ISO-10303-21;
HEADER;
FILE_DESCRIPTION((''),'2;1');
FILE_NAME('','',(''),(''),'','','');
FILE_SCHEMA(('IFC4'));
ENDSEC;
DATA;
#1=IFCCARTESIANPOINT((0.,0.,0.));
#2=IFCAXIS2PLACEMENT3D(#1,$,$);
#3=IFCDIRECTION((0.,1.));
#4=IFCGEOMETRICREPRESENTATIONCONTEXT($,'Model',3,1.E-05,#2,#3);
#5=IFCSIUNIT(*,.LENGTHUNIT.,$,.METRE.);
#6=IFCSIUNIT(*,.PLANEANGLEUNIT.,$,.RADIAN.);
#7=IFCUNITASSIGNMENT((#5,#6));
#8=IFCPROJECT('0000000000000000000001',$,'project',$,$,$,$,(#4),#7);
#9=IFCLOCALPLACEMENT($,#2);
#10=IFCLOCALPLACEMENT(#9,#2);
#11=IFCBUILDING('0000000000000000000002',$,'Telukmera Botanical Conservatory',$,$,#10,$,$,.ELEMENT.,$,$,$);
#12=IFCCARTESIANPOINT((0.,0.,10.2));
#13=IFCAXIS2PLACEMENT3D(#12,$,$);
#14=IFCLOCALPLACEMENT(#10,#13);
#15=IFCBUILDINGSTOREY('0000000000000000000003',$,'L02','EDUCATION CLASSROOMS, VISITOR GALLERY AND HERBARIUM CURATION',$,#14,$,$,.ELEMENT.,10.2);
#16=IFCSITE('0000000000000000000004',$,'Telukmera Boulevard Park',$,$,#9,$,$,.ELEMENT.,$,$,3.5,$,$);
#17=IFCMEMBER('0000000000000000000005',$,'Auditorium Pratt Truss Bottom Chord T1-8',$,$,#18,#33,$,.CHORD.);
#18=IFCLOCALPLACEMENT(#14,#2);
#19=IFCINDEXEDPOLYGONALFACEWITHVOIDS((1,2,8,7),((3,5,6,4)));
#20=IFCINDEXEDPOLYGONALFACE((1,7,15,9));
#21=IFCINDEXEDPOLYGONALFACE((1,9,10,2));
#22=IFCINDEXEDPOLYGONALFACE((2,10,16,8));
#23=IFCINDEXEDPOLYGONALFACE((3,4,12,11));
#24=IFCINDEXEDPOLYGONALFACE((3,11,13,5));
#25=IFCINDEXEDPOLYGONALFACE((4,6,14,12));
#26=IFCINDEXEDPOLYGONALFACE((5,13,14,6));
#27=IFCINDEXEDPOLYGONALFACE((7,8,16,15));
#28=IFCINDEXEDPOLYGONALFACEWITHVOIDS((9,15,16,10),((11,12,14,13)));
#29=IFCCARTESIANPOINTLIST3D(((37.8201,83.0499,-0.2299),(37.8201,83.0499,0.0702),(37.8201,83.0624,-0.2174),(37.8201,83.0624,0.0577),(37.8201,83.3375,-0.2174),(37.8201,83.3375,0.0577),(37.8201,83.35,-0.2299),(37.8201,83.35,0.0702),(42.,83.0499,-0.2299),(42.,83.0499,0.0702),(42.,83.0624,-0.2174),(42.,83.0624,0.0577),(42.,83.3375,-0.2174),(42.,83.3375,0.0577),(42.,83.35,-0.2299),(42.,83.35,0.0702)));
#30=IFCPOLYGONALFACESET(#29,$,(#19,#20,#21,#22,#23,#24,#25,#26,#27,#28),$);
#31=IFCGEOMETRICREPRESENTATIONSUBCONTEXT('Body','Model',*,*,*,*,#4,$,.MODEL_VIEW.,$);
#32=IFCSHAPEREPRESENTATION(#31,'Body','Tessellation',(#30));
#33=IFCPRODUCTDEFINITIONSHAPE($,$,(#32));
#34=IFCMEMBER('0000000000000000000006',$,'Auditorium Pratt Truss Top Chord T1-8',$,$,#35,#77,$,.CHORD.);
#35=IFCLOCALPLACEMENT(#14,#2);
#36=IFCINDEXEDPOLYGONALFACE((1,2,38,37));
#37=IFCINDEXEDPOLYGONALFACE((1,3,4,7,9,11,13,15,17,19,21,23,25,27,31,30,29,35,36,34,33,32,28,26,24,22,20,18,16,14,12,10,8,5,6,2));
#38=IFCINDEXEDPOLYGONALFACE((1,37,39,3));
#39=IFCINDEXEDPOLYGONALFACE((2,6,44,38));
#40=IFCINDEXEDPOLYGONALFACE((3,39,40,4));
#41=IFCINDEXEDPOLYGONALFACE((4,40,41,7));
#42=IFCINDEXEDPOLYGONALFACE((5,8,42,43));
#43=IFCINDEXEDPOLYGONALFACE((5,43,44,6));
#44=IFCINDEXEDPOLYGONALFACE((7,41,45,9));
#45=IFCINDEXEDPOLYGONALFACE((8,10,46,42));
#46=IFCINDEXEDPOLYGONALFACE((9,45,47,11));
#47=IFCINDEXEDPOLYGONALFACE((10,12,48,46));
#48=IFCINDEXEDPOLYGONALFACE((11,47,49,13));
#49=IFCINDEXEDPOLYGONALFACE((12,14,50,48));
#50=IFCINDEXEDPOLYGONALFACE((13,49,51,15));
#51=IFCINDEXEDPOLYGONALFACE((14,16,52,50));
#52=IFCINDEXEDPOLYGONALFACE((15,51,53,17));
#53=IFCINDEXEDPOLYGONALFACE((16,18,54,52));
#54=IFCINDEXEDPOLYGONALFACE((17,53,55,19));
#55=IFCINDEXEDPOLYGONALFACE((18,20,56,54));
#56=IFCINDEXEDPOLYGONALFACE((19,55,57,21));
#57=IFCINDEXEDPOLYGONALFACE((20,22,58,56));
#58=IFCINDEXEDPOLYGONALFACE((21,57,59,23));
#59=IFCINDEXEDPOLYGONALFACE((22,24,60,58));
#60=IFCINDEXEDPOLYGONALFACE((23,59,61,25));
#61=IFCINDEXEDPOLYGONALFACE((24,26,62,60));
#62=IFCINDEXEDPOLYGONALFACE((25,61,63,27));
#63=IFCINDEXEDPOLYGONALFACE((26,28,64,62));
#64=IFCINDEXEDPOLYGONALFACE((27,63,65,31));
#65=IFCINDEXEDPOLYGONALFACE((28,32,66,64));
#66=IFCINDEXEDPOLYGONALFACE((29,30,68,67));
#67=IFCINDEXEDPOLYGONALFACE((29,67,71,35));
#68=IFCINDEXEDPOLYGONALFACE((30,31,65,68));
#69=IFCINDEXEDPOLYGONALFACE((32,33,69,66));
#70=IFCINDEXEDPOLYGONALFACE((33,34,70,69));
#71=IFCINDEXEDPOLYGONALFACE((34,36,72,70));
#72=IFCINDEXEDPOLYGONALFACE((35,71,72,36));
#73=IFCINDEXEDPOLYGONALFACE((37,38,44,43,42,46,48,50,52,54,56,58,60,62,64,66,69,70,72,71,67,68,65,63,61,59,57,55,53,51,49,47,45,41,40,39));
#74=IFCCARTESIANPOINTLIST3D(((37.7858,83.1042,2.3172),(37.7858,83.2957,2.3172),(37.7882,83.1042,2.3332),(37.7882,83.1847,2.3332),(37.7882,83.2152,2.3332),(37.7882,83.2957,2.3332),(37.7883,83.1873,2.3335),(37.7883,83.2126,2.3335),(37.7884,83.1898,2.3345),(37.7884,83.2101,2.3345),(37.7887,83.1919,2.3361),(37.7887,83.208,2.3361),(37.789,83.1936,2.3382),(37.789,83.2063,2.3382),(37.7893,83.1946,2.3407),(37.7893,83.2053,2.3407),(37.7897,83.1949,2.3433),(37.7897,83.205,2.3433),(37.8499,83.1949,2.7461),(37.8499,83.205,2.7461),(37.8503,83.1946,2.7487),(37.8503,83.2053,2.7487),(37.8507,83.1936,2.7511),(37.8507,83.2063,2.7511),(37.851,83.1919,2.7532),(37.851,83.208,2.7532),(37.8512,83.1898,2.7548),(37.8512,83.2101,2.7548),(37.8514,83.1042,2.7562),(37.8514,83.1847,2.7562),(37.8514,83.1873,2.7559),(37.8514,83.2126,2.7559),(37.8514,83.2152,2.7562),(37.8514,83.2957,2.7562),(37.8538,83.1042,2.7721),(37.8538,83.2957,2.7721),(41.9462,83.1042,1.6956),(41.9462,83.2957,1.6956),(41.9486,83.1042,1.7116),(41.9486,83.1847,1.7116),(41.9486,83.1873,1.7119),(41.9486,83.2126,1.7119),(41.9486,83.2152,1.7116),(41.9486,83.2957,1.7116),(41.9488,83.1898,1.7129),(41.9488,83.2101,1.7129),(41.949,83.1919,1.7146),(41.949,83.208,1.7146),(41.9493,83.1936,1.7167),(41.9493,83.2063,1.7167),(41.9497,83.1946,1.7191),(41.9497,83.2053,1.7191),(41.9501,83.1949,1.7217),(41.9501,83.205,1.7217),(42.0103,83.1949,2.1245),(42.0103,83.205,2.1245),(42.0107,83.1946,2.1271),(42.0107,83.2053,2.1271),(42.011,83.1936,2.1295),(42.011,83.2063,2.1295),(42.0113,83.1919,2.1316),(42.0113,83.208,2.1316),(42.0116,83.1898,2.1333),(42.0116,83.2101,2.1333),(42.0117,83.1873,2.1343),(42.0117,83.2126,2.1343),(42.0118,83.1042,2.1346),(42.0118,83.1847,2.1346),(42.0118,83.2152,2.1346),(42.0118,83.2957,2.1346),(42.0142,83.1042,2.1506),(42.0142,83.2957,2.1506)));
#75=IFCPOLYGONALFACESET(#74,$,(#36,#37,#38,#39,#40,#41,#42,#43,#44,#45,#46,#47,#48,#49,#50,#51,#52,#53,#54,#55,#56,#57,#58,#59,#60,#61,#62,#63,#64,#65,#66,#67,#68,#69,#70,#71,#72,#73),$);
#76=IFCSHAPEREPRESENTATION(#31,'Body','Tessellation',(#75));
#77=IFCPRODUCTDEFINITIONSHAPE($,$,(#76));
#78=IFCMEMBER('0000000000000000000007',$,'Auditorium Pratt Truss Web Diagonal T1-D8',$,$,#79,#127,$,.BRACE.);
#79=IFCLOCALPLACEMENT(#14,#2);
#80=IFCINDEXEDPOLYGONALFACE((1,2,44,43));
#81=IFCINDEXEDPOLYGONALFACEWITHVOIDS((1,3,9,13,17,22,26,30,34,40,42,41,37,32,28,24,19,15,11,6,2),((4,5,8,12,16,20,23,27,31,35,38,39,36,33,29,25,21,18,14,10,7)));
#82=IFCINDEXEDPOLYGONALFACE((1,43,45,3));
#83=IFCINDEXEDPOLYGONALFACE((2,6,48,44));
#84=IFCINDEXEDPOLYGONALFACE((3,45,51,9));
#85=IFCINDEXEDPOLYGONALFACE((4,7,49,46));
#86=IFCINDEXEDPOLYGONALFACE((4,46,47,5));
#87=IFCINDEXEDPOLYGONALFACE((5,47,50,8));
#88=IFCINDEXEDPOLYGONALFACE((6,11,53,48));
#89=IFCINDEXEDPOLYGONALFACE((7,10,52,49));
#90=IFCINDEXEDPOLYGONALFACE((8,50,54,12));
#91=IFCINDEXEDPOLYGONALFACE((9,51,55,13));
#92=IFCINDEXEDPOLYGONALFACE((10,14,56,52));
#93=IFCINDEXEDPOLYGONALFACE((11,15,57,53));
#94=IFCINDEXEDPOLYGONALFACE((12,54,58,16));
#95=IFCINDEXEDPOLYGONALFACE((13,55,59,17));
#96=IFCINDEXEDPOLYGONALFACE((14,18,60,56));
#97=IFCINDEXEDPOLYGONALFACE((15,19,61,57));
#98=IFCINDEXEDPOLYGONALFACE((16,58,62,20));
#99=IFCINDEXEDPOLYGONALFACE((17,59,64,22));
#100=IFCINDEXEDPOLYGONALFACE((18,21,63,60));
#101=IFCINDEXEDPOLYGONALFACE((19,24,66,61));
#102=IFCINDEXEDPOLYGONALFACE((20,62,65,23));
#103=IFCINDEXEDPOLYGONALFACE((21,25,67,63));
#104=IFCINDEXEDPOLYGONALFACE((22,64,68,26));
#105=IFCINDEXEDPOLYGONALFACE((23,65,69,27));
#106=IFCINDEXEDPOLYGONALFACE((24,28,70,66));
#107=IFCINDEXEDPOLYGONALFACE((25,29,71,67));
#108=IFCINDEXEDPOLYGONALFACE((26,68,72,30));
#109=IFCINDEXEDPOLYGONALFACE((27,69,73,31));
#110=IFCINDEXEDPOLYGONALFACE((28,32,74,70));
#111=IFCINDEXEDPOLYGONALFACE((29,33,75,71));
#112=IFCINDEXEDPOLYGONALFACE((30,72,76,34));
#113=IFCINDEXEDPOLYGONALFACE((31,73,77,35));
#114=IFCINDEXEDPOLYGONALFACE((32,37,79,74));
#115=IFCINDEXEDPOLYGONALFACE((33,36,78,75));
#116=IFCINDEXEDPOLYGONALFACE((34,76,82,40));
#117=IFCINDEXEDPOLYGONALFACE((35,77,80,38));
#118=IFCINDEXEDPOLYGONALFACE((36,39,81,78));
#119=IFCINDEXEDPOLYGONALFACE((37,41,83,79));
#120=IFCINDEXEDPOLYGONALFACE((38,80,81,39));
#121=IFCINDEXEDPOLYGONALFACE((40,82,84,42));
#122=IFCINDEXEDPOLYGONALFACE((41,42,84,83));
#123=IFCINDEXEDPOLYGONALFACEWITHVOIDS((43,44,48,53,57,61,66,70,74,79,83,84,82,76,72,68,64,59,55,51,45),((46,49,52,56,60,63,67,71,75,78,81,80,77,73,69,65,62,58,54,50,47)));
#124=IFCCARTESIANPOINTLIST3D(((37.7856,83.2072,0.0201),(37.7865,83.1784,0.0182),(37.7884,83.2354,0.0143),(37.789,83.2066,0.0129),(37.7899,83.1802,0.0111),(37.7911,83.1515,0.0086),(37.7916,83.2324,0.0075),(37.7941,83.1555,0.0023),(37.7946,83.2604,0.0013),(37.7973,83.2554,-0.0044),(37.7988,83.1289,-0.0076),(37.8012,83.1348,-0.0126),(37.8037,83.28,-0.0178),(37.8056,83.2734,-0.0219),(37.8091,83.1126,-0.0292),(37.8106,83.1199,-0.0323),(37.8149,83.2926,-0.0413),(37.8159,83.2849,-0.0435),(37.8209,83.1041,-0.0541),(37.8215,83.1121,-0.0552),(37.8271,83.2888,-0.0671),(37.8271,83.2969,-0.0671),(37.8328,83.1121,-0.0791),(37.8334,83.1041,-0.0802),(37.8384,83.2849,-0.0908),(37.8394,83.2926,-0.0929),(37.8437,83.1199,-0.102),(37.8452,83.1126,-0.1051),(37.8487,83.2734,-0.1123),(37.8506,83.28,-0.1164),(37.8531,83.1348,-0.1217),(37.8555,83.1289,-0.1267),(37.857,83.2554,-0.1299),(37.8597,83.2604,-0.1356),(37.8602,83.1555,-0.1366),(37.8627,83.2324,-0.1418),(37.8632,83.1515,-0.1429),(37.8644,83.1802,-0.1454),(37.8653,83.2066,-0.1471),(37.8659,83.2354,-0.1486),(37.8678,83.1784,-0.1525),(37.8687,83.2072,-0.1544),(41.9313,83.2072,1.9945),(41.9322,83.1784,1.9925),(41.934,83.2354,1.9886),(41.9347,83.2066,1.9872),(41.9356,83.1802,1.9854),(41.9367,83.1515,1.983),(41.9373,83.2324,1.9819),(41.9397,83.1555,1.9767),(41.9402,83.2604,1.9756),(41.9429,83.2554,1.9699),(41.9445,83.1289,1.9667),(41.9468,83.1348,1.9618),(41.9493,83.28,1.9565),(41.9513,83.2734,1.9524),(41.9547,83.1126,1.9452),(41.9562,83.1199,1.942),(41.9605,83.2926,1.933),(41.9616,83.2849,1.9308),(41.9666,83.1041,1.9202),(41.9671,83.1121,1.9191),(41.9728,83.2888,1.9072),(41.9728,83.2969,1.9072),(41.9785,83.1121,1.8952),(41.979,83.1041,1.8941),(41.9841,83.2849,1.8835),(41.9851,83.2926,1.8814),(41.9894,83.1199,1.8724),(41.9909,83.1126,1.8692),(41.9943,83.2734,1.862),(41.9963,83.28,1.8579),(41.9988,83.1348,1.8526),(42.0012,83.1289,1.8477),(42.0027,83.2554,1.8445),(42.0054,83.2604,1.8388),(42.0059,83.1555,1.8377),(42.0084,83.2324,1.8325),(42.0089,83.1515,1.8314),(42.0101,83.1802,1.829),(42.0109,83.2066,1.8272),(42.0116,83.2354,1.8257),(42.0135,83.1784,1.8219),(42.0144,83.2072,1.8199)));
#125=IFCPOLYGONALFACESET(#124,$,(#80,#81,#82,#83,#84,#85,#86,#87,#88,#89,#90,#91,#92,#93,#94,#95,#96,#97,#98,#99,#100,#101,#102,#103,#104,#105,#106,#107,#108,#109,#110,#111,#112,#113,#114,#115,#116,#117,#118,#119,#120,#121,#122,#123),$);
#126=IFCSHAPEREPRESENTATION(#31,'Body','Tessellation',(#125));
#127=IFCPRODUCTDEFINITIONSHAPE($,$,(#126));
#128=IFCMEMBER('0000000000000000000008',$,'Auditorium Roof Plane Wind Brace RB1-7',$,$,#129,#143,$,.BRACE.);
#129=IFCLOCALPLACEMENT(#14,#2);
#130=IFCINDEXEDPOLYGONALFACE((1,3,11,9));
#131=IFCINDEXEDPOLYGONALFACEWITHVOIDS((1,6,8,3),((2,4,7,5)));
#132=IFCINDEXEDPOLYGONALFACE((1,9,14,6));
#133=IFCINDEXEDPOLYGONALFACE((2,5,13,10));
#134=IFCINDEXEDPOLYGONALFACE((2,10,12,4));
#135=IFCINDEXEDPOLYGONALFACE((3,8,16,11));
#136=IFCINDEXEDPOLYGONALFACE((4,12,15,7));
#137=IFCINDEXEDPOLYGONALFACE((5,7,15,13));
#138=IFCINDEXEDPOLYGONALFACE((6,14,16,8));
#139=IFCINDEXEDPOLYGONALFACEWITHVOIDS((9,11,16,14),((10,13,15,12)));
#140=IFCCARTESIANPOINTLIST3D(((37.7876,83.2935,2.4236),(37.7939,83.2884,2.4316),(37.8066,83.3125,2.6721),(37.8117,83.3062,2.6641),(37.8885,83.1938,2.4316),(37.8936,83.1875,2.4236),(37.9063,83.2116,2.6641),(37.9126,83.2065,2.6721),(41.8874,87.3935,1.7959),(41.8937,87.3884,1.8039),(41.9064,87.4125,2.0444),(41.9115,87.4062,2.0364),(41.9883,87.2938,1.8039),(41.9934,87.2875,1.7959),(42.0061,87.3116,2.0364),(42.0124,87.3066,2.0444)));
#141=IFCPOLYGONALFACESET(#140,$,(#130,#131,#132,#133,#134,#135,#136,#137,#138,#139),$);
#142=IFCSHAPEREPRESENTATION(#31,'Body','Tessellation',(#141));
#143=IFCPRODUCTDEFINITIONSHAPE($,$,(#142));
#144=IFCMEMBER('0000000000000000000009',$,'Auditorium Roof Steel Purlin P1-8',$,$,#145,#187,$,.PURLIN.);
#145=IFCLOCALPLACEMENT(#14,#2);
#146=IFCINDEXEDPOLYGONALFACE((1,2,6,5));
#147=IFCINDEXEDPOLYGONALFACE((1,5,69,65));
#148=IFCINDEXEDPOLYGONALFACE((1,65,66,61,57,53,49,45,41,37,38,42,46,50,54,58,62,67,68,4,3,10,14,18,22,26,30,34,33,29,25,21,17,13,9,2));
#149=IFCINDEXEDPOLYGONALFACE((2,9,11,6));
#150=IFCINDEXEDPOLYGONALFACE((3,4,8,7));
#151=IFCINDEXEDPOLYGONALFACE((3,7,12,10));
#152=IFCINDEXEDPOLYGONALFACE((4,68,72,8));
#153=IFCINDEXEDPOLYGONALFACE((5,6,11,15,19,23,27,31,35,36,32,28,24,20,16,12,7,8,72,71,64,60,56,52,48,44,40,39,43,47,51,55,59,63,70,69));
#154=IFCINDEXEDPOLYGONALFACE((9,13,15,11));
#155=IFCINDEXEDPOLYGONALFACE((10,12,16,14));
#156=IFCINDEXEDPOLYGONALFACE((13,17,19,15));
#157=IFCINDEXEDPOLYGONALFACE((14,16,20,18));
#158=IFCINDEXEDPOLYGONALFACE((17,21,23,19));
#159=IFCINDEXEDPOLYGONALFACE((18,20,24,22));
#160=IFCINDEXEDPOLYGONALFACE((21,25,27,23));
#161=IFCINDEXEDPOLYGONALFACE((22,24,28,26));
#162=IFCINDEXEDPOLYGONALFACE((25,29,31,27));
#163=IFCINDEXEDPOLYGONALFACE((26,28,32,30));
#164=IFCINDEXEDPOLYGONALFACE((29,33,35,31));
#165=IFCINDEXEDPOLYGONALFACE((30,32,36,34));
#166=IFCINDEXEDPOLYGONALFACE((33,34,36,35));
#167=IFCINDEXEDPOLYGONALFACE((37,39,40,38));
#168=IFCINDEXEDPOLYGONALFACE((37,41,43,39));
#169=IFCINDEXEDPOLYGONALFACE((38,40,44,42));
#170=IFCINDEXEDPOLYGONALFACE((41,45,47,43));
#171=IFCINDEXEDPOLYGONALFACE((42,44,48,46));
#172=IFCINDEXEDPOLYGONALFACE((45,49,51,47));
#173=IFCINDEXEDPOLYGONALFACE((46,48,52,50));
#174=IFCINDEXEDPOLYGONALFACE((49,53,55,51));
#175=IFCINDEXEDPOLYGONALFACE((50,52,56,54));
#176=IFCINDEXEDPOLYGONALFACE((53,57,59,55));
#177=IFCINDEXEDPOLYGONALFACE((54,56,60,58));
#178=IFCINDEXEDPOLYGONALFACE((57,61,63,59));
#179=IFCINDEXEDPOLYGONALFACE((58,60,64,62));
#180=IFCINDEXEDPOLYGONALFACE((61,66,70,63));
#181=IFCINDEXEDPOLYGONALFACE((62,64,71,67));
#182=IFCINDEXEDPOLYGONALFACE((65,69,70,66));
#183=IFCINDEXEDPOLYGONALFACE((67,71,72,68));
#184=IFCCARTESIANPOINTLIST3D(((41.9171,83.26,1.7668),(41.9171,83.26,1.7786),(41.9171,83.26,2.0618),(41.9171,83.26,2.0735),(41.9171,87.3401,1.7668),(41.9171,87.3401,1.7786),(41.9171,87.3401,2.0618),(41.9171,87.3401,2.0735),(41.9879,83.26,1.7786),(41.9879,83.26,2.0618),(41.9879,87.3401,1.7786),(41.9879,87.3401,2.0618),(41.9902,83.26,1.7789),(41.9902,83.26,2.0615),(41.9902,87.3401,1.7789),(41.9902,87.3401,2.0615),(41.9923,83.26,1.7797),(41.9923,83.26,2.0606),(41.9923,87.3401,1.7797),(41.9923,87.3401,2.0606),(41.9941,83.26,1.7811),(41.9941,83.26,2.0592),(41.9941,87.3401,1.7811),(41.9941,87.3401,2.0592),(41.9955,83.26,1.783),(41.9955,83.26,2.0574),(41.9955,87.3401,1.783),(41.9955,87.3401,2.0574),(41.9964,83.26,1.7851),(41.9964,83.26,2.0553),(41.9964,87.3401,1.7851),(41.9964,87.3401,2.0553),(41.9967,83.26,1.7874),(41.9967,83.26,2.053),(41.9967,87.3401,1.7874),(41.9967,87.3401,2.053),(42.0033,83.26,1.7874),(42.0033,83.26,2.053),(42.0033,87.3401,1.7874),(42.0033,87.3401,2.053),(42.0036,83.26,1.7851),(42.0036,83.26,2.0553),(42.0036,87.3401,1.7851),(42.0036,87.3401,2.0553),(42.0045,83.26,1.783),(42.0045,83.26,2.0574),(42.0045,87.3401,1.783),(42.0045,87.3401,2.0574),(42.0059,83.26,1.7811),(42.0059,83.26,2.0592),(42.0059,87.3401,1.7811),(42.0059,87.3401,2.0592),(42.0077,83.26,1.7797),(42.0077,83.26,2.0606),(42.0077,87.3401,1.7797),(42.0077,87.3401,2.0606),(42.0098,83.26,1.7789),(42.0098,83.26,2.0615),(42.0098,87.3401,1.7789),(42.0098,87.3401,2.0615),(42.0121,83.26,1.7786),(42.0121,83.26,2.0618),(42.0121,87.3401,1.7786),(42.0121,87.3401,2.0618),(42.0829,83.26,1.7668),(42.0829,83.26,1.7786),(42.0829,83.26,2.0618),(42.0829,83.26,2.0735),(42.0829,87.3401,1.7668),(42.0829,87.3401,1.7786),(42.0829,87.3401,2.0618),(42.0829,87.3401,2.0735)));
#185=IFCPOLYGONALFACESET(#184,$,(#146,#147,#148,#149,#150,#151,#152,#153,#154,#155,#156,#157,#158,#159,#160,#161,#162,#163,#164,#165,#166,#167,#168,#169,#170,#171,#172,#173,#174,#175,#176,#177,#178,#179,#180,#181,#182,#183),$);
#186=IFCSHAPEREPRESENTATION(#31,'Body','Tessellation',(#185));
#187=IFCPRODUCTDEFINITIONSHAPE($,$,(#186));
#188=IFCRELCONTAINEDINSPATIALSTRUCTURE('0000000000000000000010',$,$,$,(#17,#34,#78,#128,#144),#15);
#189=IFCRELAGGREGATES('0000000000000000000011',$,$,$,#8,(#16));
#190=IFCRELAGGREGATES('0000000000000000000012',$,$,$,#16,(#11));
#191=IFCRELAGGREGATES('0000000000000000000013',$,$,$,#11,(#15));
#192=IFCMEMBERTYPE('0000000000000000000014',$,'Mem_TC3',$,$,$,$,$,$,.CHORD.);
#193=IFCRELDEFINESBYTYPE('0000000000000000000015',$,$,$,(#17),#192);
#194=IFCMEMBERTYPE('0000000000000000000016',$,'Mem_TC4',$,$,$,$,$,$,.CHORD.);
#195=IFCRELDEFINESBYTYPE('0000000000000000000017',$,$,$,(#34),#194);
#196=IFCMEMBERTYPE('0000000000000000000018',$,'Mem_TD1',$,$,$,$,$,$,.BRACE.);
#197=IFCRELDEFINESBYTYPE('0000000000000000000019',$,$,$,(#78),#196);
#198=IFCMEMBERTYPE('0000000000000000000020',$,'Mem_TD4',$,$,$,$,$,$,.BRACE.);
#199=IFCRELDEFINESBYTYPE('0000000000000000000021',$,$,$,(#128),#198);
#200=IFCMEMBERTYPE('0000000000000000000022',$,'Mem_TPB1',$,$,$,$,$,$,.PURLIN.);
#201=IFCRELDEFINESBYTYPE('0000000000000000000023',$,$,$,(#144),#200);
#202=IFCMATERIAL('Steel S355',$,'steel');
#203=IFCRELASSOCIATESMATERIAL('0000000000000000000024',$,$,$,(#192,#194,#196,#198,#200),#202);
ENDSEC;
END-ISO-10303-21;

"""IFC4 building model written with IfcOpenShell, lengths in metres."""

from ifc_helpers import new_model, si_unit, direction, frame, origin, origin_2d, place, context, subcontext, project, spatial, hollow_rectangle, hollow_circle, i_section, extrude, material, material_profile, profile_set, type_object, element, save


model = new_model("IFC4")

# Units and contexts
model_context = context("Model", 3, precision=1e-05, world=origin(), true_north=direction((0.0, 1.0)))
body_context = subcontext(model_context, "Body", "Model", "MODEL_VIEW")
ifc_project = project(units=[si_unit("LENGTHUNIT", "METRE"), si_unit("PLANEANGLEUNIT", "RADIAN")], contexts=[model_context])

# Site, building, storey
site_placement = place(None, origin())
site = spatial("IfcSite", under=ifc_project, at=site_placement, Name="Telukmera Boulevard Park", CompositionType="ELEMENT", RefElevation=3.5)
building_placement = place(site_placement, origin())
building = spatial("IfcBuilding", under=site, at=building_placement, Name="Telukmera Botanical Conservatory", CompositionType="ELEMENT")
storey_placement = place(building_placement, frame((0.0, 0.0, 10.2)))
storey = spatial("IfcBuildingStorey", under=building, at=storey_placement, Name="L02", Description="EDUCATION CLASSROOMS, VISITOR GALLERY AND HERBARIUM CURATION", CompositionType="ELEMENT", Elevation=10.2)

# Members
ifc_material_1 = material(Name="Steel S355", Category="steel")
ifc_material_profile_1 = material_profile(ifc_material_1, hollow_rectangle(XDim=0.3, YDim=0.3, WallThickness=0.0125, at=origin_2d()), Name="SHS 300x300x12.5")
ifc_profile_set_1 = profile_set([ifc_material_profile_1], Name="Steel S355")
member_type_1 = type_object("IfcMemberType", Name="Mem_TC3", PredefinedType="CHORD", material=ifc_profile_set_1)
member_1_placement = place(storey_placement, frame((37.8201, 83.2, -0.0798), z_axis=(1.0, 0.0, 0.0), x_axis=(0.0, 1.0, 0.0)))
element("IfcMember", 1, at=member_1_placement, inside=storey, type_object=member_type_1, Name="Auditorium Pratt Truss Bottom Chord T1-8", PredefinedType="CHORD", context=body_context, shape_type="SweptSolid", body=[
    extrude(hollow_rectangle(XDim=0.3, YDim=0.3, WallThickness=0.0125, at=origin_2d()), origin(), (0.0, 0.0, 1.0), 4.1799),
])
ifc_material_profile_2 = material_profile(ifc_material_1, i_section(OverallWidth=0.1914, OverallDepth=0.46, WebThickness=0.01, FlangeThickness=0.0161, FilletRadius=0.0103, at=origin_2d()), Name="UB 457x191x82")
ifc_profile_set_2 = profile_set([ifc_material_profile_2], Name="Steel S355")
member_type_2 = type_object("IfcMemberType", Name="Mem_TC4", PredefinedType="CHORD", material=ifc_profile_set_2)
member_2_placement = place(storey_placement, frame((37.8198, 83.2, 2.5447), z_axis=(0.989023, 0.0, -0.147764), x_axis=(0.0, 1.0, 0.0)))
element("IfcMember", 2, at=member_2_placement, inside=storey, type_object=member_type_2, Name="Auditorium Pratt Truss Top Chord T1-8", PredefinedType="CHORD", context=body_context, shape_type="SweptSolid", body=[
    extrude(i_section(OverallWidth=0.1914, OverallDepth=0.46, WebThickness=0.01, FlangeThickness=0.0161, FilletRadius=0.0103, at=origin_2d()), origin(), (0.0, 0.0, 1.0), 4.2065),
])
ifc_material_profile_3 = material_profile(ifc_material_1, hollow_circle(Radius=0.0969, WallThickness=0.0081, at=origin_2d()), Name="CHS 193.7x8.0")
ifc_profile_set_3 = profile_set([ifc_material_profile_3], Name="Steel S355")
member_type_3 = type_object("IfcMemberType", Name="Mem_TD1", PredefinedType="BRACE", material=ifc_profile_set_3)
member_3_placement = place(storey_placement, frame((37.8271, 83.2, -0.0671), z_axis=(0.902844, 0.0, 0.429969), x_axis=(0.0, 1.0, 0.0)))
element("IfcMember", 3, at=member_3_placement, inside=storey, type_object=member_type_3, Name="Auditorium Pratt Truss Web Diagonal T1-D8", PredefinedType="BRACE", context=body_context, shape_type="SweptSolid", body=[
    extrude(hollow_circle(Radius=0.0969, WallThickness=0.0081, at=origin_2d()), origin(), (0.0, 0.0, 1.0), 4.5918),
])
ifc_material_profile_4 = material_profile(ifc_material_1, hollow_rectangle(XDim=0.1499, YDim=0.25, WallThickness=0.0081, at=origin_2d()), Name="RHS 250x150x8.0")
ifc_profile_set_4 = profile_set([ifc_material_profile_4], Name="Steel S355")
member_type_4 = type_object("IfcMemberType", Name="Mem_TD4", PredefinedType="BRACE", material=ifc_profile_set_4)
member_4_placement = place(storey_placement, frame((37.8501, 83.25, 2.5479), z_axis=(0.702979, 0.70302, -0.107626), x_axis=(-0.707128, 0.707086, 0.0)))
element("IfcMember", 4, at=member_4_placement, inside=storey, type_object=member_type_4, Name="Auditorium Roof Plane Wind Brace RB1-7", PredefinedType="BRACE", context=body_context, shape_type="SweptSolid", body=[
    extrude(hollow_rectangle(XDim=0.1499, YDim=0.25, WallThickness=0.0081, at=origin_2d()), origin(), (0.0, 0.0, 1.0), 5.832),
])
ifc_material_profile_5 = material_profile(ifc_material_1, i_section(OverallWidth=0.1658, OverallDepth=0.3066, WebThickness=0.0066, FlangeThickness=0.0117, FilletRadius=0.0088, at=origin_2d()), Name="UB 305x165x46")
ifc_profile_set_5 = profile_set([ifc_material_profile_5], Name="Steel S355")
member_type_5 = type_object("IfcMemberType", Name="Mem_TPB1", PredefinedType="PURLIN", material=ifc_profile_set_5)
member_5_placement = place(storey_placement, frame((42.0, 83.26, 1.9202), z_axis=(0.0, 1.0, 0.0), x_axis=(-1.0, 0.0, 0.0)))
element("IfcMember", 5, at=member_5_placement, inside=storey, type_object=member_type_5, Name="Auditorium Roof Steel Purlin P1-8", PredefinedType="PURLIN", context=body_context, shape_type="SweptSolid", body=[
    extrude(i_section(OverallWidth=0.1658, OverallDepth=0.3066, WebThickness=0.0066, FlangeThickness=0.0117, FilletRadius=0.0088, at=origin_2d()), origin(), (0.0, 0.0, 1.0), 4.0801),
])

save(model, "model.ifc")
